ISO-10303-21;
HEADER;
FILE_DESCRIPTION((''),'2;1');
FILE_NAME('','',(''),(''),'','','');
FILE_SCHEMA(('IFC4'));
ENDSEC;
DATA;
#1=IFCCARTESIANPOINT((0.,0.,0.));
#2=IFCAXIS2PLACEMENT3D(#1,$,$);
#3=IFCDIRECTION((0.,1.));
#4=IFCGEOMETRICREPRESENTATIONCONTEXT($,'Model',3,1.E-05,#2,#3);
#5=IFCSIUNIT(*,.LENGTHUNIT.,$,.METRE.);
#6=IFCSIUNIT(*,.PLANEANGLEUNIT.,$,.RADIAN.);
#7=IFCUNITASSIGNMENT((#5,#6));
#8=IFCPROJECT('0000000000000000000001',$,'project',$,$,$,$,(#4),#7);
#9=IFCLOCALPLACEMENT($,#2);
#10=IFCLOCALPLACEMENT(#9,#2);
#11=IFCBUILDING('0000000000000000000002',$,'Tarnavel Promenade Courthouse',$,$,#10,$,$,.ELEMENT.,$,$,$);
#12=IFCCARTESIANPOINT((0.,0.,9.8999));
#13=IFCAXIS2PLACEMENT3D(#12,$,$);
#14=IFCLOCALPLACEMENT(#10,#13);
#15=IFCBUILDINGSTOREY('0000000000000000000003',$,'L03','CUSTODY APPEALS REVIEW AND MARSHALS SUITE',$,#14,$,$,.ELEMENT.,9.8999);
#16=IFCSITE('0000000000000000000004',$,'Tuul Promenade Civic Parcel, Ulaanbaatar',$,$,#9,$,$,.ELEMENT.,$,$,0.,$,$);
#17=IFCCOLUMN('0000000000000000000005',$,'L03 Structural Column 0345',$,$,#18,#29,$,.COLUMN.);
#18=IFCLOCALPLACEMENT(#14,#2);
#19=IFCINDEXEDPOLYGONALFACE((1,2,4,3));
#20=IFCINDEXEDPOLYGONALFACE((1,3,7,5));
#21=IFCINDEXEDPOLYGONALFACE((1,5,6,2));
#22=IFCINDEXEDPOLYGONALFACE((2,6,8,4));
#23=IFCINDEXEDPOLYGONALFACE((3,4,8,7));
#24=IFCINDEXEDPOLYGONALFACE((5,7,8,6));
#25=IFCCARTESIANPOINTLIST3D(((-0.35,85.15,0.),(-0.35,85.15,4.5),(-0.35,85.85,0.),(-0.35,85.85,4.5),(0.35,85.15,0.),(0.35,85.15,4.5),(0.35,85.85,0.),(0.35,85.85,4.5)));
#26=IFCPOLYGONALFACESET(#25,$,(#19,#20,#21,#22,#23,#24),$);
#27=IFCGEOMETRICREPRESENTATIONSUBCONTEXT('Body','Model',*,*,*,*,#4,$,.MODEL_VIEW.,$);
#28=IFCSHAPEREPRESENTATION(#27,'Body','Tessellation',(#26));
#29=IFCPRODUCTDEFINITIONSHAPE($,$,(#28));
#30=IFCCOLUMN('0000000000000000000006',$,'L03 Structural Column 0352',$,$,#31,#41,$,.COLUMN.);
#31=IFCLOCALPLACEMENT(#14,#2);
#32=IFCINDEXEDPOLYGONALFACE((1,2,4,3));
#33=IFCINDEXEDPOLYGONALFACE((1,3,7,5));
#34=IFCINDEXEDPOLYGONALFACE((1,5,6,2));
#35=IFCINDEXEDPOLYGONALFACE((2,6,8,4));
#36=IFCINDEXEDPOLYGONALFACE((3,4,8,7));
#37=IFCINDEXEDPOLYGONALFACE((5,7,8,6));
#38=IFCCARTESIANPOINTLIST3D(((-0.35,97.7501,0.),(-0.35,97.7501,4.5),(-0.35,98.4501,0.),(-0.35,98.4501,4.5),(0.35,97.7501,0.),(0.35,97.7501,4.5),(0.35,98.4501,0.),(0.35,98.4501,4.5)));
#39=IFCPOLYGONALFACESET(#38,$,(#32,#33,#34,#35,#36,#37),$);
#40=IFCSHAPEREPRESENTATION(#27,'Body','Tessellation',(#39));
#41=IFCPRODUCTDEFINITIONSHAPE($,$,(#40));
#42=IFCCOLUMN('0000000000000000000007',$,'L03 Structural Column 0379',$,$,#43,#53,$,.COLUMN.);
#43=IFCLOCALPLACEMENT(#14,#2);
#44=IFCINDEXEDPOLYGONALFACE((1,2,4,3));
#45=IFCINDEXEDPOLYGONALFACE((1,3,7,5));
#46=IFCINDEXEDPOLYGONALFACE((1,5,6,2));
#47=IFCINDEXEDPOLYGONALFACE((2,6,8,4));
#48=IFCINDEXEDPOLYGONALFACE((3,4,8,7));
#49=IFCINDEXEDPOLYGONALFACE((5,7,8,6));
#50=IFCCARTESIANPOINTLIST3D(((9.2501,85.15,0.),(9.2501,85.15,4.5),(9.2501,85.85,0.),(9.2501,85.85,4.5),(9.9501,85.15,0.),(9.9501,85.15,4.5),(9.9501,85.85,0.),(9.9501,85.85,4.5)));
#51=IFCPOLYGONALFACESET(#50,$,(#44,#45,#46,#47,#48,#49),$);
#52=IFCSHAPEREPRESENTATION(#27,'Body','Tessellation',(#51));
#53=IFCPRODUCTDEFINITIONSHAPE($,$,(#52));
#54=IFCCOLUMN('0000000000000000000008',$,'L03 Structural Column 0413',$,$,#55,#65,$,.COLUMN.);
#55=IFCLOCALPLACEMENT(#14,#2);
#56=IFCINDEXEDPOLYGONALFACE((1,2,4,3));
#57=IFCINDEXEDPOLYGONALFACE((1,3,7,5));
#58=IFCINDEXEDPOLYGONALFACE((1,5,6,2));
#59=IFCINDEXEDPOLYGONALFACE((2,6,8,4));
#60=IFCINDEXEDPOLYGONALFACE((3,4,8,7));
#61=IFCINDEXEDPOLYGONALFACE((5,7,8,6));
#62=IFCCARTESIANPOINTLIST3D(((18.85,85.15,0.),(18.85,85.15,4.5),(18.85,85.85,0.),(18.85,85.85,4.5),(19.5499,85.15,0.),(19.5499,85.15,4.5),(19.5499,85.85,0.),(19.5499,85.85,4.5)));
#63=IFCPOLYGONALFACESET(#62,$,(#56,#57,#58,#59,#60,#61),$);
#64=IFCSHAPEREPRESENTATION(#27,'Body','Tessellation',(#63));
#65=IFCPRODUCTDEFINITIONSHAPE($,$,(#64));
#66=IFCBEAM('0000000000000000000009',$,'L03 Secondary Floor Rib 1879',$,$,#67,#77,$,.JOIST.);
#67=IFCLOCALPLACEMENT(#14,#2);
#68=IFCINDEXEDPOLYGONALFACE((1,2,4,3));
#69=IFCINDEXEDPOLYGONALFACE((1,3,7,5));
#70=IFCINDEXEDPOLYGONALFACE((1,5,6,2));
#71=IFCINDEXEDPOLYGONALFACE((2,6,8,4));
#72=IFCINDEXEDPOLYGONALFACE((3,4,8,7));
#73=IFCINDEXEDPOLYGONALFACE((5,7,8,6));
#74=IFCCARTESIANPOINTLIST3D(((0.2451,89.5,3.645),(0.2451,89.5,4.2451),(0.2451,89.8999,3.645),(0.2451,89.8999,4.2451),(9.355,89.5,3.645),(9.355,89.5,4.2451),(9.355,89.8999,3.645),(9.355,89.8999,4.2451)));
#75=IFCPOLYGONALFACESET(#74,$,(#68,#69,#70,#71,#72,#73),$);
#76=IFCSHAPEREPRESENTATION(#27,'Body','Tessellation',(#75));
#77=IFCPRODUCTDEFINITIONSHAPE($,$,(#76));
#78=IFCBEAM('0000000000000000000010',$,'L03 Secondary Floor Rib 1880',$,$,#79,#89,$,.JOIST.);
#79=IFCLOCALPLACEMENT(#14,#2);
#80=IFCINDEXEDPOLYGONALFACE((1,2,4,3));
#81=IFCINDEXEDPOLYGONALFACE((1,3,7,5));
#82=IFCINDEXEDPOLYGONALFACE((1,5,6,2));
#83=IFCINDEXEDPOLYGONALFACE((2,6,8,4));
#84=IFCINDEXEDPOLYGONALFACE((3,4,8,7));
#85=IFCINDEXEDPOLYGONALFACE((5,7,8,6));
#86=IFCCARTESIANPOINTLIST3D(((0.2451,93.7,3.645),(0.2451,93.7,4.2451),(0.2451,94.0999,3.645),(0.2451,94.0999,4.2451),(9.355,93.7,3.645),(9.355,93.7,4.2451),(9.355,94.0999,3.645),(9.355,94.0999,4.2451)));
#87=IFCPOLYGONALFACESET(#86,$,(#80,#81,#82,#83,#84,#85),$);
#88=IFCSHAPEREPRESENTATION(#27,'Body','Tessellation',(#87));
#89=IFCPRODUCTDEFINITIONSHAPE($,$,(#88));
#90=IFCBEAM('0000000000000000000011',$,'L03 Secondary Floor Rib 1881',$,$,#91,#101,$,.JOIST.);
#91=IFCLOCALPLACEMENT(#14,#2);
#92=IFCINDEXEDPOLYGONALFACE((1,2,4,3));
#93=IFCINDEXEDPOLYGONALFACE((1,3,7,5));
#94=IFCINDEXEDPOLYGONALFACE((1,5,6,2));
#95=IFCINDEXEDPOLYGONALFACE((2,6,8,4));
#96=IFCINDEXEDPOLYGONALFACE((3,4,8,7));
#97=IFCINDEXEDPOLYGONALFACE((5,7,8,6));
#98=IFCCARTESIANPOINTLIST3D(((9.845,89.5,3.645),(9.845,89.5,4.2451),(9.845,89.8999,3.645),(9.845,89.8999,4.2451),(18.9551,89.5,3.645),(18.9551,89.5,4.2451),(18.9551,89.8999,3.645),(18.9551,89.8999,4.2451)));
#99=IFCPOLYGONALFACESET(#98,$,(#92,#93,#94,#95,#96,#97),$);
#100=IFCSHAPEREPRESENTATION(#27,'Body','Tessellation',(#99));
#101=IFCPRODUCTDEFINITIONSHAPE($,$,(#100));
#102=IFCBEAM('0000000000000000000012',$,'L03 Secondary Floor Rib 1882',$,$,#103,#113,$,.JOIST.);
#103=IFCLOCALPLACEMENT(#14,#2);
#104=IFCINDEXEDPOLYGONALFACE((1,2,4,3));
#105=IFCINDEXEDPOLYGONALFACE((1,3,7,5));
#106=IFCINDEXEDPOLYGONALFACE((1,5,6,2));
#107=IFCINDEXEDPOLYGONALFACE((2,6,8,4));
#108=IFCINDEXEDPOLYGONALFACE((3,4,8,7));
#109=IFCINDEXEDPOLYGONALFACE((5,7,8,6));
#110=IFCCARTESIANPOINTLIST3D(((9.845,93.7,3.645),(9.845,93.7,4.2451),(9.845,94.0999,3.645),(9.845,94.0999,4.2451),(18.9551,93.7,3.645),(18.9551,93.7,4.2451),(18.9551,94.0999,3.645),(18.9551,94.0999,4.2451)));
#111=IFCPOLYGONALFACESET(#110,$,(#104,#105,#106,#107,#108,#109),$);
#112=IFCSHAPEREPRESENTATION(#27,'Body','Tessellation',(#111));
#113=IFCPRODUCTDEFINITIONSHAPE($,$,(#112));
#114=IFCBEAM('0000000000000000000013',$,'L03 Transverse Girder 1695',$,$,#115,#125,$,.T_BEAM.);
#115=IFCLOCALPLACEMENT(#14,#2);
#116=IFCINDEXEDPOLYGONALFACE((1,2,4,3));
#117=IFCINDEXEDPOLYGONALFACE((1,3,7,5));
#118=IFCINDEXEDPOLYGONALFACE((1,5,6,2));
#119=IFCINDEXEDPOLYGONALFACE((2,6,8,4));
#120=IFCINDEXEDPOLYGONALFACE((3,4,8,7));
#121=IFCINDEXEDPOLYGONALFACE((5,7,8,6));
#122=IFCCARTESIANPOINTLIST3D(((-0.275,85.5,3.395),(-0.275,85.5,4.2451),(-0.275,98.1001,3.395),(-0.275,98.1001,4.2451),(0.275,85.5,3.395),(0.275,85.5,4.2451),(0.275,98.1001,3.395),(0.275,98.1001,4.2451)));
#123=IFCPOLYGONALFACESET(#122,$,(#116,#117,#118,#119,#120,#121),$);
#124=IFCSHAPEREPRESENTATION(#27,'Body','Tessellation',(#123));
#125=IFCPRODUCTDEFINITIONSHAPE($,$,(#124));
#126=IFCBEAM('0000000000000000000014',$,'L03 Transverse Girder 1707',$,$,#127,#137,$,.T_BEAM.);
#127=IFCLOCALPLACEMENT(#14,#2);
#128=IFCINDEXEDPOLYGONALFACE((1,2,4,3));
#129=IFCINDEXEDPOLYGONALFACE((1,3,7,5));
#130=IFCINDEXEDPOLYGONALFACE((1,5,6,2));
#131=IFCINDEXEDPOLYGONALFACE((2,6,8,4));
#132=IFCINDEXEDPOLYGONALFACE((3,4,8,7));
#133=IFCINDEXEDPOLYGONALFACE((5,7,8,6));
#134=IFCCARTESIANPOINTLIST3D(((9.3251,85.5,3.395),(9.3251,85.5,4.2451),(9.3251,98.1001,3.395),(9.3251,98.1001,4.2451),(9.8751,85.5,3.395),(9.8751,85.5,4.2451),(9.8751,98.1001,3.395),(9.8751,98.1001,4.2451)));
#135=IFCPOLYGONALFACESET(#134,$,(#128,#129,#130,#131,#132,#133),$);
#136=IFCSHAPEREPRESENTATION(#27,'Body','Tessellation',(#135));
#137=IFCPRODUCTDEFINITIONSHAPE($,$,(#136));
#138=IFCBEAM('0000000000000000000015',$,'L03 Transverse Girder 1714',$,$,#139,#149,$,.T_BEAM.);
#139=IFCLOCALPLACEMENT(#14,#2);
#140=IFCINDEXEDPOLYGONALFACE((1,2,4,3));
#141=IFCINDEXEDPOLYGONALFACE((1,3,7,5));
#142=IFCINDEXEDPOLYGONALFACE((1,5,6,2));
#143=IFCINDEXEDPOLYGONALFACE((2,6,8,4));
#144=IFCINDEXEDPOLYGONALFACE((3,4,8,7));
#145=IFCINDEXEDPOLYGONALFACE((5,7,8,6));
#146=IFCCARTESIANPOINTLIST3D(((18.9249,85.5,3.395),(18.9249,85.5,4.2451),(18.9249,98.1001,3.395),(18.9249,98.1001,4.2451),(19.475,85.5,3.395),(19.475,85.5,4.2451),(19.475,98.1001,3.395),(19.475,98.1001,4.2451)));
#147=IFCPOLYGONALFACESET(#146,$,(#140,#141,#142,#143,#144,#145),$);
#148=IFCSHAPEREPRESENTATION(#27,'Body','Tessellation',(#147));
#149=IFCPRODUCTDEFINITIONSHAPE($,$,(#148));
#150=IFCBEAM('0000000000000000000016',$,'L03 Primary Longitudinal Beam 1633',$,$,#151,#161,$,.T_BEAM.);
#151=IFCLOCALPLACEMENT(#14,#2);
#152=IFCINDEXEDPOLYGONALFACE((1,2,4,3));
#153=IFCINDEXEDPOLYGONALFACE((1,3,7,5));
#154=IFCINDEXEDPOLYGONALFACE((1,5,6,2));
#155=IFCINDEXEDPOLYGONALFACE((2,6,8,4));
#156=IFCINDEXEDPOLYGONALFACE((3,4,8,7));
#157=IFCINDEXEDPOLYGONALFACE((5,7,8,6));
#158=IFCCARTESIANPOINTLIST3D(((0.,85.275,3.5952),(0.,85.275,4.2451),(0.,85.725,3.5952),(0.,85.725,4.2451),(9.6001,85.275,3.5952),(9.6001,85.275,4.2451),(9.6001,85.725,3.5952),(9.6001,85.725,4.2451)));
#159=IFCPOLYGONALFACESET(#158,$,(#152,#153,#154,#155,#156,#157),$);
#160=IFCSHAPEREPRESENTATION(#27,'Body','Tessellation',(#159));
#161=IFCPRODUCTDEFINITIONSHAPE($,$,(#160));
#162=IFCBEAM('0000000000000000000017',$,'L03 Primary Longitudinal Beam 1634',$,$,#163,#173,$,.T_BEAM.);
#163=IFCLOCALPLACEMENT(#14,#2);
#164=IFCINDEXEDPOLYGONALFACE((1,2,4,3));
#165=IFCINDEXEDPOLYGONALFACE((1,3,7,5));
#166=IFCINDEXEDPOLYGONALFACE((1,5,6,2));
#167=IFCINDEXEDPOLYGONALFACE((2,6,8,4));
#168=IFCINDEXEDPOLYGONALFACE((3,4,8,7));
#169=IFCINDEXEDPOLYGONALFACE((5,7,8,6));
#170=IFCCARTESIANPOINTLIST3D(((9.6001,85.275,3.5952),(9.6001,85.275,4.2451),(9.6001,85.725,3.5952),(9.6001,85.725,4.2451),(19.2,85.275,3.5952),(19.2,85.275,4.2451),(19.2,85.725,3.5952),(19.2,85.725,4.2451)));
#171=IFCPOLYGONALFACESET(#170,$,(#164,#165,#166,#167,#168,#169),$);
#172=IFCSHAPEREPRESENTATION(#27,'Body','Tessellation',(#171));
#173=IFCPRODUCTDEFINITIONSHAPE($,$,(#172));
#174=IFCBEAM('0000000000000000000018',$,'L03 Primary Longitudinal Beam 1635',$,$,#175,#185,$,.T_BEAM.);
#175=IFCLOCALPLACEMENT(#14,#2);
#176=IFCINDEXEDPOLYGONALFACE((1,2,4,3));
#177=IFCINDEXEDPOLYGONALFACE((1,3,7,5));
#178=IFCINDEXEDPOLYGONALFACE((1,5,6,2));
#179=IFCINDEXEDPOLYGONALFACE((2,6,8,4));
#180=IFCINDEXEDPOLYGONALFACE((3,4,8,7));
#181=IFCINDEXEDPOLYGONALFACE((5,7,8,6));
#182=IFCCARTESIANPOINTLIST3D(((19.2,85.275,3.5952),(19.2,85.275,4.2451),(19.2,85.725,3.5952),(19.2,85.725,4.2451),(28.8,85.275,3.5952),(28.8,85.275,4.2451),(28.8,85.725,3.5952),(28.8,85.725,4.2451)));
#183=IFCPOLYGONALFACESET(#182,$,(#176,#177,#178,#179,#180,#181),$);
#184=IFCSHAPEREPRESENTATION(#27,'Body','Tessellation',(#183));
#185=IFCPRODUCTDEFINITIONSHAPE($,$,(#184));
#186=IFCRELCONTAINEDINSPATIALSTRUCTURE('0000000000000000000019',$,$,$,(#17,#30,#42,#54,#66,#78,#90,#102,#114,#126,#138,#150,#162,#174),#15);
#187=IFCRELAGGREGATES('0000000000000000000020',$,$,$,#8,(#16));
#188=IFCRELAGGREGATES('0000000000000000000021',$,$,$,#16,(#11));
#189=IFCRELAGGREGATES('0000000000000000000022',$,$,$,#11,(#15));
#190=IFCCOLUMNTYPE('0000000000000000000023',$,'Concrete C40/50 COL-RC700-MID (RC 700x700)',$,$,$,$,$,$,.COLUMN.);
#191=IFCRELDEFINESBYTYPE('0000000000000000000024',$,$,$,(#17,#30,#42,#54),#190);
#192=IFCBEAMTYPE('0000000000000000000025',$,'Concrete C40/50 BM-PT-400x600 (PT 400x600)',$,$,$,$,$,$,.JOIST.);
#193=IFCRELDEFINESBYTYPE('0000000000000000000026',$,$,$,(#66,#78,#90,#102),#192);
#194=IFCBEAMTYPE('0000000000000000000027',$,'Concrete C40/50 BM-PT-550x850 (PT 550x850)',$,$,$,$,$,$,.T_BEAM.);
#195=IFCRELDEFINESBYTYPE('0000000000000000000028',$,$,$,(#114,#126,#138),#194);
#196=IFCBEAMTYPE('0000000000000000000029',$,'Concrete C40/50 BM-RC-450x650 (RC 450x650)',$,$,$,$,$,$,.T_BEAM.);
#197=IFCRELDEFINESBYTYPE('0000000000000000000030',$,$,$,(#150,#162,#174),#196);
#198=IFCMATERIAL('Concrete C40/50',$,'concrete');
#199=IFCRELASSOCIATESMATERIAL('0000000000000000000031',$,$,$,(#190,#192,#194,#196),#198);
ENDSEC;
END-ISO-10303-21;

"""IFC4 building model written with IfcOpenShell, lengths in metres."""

from ifc_helpers import new_model, si_unit, direction, frame, origin, origin_2d, place, context, subcontext, project, spatial, rectangle, extrude, material, material_profile, profile_set, type_object, element, save


model = new_model("IFC4")

# Units and contexts
model_context = context("Model", 3, precision=1e-05, world=origin(), true_north=direction((0.0, 1.0)))
body_context = subcontext(model_context, "Body", "Model", "MODEL_VIEW")
ifc_project = project(units=[si_unit("LENGTHUNIT", "METRE"), si_unit("PLANEANGLEUNIT", "RADIAN")], contexts=[model_context])

# Site, building, storey
site_placement = place(None, origin())
site = spatial("IfcSite", under=ifc_project, at=site_placement, Name="Tuul Promenade Civic Parcel, Ulaanbaatar", CompositionType="ELEMENT", RefElevation=0.0)
building_placement = place(site_placement, origin())
building = spatial("IfcBuilding", under=site, at=building_placement, Name="Tarnavel Promenade Courthouse", CompositionType="ELEMENT")
storey_placement = place(building_placement, frame((0.0, 0.0, 9.8999)))
storey = spatial("IfcBuildingStorey", under=building, at=storey_placement, Name="L03", Description="CUSTODY APPEALS REVIEW AND MARSHALS SUITE", CompositionType="ELEMENT", Elevation=9.8999)

# Columns
ifc_material_1 = material(Name="Concrete C40/50", Category="concrete")
ifc_material_profile_1 = material_profile(ifc_material_1, rectangle(XDim=0.7, YDim=0.7, at=origin_2d()), Name="RC 700x700")
ifc_profile_set_1 = profile_set([ifc_material_profile_1], Name="Concrete C40/50")
column_type = type_object("IfcColumnType", Name="Concrete C40/50 COL-RC700-MID (RC 700x700)", PredefinedType="COLUMN", material=ifc_profile_set_1)
for number, where, z_axis, x_axis, name in (
    (1, (0.0, 85.5, 0.0), (0.0, 0.0, 1.0), (1.0, 0.0, 0.0), "L03 Structural Column 0345"),
    (2, (0.0, 98.1001, 0.0), (0.0, 0.0, 1.0), (1.0, 0.0, 0.0), "L03 Structural Column 0352"),
    (3, (9.6001, 85.5, 0.0), (0.0, 0.0, 1.0), (1.0, 0.0, 0.0), "L03 Structural Column 0379"),
    (4, (19.2, 85.5, 0.0), (0.0, 0.0, 1.0), (1.0, 0.0, 0.0), "L03 Structural Column 0413"),
):
    element("IfcColumn", number, at=place(storey_placement, frame(where, z_axis=z_axis, x_axis=x_axis)), inside=storey, type_object=column_type, Name=name, PredefinedType="COLUMN", context=body_context, shape_type="SweptSolid", body=[
        extrude(rectangle(XDim=0.7, YDim=0.7, at=origin_2d()), origin(), (0.0, 0.0, 1.0), 4.5),
    ])

# Beams
ifc_material_profile_2 = material_profile(ifc_material_1, rectangle(XDim=0.3999, YDim=0.6001, at=origin_2d()), Name="PT 400x600")
ifc_profile_set_2 = profile_set([ifc_material_profile_2], Name="Concrete C40/50")
beam_type_1 = type_object("IfcBeamType", Name="Concrete C40/50 BM-PT-400x600 (PT 400x600)", PredefinedType="JOIST", material=ifc_profile_set_2)
for number, where, z_axis, x_axis, name in (
    (5, (0.2451, 89.7, 3.9451), (1.0, 0.0, 0.0), (0.0, 1.0, 0.0), "L03 Secondary Floor Rib 1879"),
    (6, (0.2451, 93.8999, 3.9451), (1.0, 0.0, 0.0), (0.0, 1.0, 0.0), "L03 Secondary Floor Rib 1880"),
):
    element("IfcBeam", number, at=place(storey_placement, frame(where, z_axis=z_axis, x_axis=x_axis)), inside=storey, type_object=beam_type_1, Name=name, PredefinedType="JOIST", context=body_context, shape_type="SweptSolid", body=[
        extrude(rectangle(XDim=0.3999, YDim=0.6001, at=origin_2d()), origin(), (0.0, 0.0, 1.0), 9.1099),
    ])
for number, where, z_axis, x_axis, name in (
    (7, (9.845, 89.7, 3.9451), (1.0, 0.0, 0.0), (0.0, 1.0, 0.0), "L03 Secondary Floor Rib 1881"),
    (8, (9.845, 93.8999, 3.9451), (1.0, 0.0, 0.0), (0.0, 1.0, 0.0), "L03 Secondary Floor Rib 1882"),
):
    element("IfcBeam", number, at=place(storey_placement, frame(where, z_axis=z_axis, x_axis=x_axis)), inside=storey, type_object=beam_type_1, Name=name, PredefinedType="JOIST", context=body_context, shape_type="SweptSolid", body=[
        extrude(rectangle(XDim=0.3999, YDim=0.6001, at=origin_2d()), origin(), (0.0, 0.0, 1.0), 9.1101),
    ])
ifc_material_profile_3 = material_profile(ifc_material_1, rectangle(XDim=0.55, YDim=0.8501, at=origin_2d()), Name="PT 550x850")
ifc_profile_set_3 = profile_set([ifc_material_profile_3], Name="Concrete C40/50")
beam_type_2 = type_object("IfcBeamType", Name="Concrete C40/50 BM-PT-550x850 (PT 550x850)", PredefinedType="T_BEAM", material=ifc_profile_set_3)
for number, where, z_axis, x_axis, name in (
    (9, (0.0, 85.5, 3.8201), (0.0, 1.0, 0.0), (-1.0, 0.0, 0.0), "L03 Transverse Girder 1695"),
    (10, (9.6001, 85.5, 3.8201), (0.0, 1.0, 0.0), (-1.0, 0.0, 0.0), "L03 Transverse Girder 1707"),
    (11, (19.2, 85.5, 3.8201), (0.0, 1.0, 0.0), (-1.0, 0.0, 0.0), "L03 Transverse Girder 1714"),
):
    element("IfcBeam", number, at=place(storey_placement, frame(where, z_axis=z_axis, x_axis=x_axis)), inside=storey, type_object=beam_type_2, Name=name, PredefinedType="T_BEAM", context=body_context, shape_type="SweptSolid", body=[
        extrude(rectangle(XDim=0.55, YDim=0.8501, at=origin_2d()), origin(), (0.0, 0.0, 1.0), 12.6001),
    ])
ifc_material_profile_4 = material_profile(ifc_material_1, rectangle(XDim=0.45, YDim=0.6499, at=origin_2d()), Name="RC 450x650")
ifc_profile_set_4 = profile_set([ifc_material_profile_4], Name="Concrete C40/50")
beam_type_3 = type_object("IfcBeamType", Name="Concrete C40/50 BM-RC-450x650 (RC 450x650)", PredefinedType="T_BEAM", material=ifc_profile_set_4)
beam_1_placement = place(storey_placement, frame((0.0, 85.5, 3.9202), z_axis=(1.0, 0.0, 0.0), x_axis=(0.0, 1.0, 0.0)))
element("IfcBeam", 12, at=beam_1_placement, inside=storey, type_object=beam_type_3, Name="L03 Primary Longitudinal Beam 1633", PredefinedType="T_BEAM", context=body_context, shape_type="SweptSolid", body=[
    extrude(rectangle(XDim=0.45, YDim=0.6499, at=origin_2d()), origin(), (0.0, 0.0, 1.0), 9.6001),
])
beam_2_placement = place(storey_placement, frame((9.6001, 85.5, 3.9202), z_axis=(1.0, 0.0, 0.0), x_axis=(0.0, 1.0, 0.0)))
element("IfcBeam", 13, at=beam_2_placement, inside=storey, type_object=beam_type_3, Name="L03 Primary Longitudinal Beam 1634", PredefinedType="T_BEAM", context=body_context, shape_type="SweptSolid", body=[
    extrude(rectangle(XDim=0.45, YDim=0.6499, at=origin_2d()), origin(), (0.0, 0.0, 1.0), 9.5999),
])
beam_3_placement = place(storey_placement, frame((19.2, 85.5, 3.9202), z_axis=(1.0, 0.0, 0.0), x_axis=(0.0, 1.0, 0.0)))
element("IfcBeam", 14, at=beam_3_placement, inside=storey, type_object=beam_type_3, Name="L03 Primary Longitudinal Beam 1635", PredefinedType="T_BEAM", context=body_context, shape_type="SweptSolid", body=[
    extrude(rectangle(XDim=0.45, YDim=0.6499, at=origin_2d()), origin(), (0.0, 0.0, 1.0), 9.6001),
])

save(model, "model.ifc")
